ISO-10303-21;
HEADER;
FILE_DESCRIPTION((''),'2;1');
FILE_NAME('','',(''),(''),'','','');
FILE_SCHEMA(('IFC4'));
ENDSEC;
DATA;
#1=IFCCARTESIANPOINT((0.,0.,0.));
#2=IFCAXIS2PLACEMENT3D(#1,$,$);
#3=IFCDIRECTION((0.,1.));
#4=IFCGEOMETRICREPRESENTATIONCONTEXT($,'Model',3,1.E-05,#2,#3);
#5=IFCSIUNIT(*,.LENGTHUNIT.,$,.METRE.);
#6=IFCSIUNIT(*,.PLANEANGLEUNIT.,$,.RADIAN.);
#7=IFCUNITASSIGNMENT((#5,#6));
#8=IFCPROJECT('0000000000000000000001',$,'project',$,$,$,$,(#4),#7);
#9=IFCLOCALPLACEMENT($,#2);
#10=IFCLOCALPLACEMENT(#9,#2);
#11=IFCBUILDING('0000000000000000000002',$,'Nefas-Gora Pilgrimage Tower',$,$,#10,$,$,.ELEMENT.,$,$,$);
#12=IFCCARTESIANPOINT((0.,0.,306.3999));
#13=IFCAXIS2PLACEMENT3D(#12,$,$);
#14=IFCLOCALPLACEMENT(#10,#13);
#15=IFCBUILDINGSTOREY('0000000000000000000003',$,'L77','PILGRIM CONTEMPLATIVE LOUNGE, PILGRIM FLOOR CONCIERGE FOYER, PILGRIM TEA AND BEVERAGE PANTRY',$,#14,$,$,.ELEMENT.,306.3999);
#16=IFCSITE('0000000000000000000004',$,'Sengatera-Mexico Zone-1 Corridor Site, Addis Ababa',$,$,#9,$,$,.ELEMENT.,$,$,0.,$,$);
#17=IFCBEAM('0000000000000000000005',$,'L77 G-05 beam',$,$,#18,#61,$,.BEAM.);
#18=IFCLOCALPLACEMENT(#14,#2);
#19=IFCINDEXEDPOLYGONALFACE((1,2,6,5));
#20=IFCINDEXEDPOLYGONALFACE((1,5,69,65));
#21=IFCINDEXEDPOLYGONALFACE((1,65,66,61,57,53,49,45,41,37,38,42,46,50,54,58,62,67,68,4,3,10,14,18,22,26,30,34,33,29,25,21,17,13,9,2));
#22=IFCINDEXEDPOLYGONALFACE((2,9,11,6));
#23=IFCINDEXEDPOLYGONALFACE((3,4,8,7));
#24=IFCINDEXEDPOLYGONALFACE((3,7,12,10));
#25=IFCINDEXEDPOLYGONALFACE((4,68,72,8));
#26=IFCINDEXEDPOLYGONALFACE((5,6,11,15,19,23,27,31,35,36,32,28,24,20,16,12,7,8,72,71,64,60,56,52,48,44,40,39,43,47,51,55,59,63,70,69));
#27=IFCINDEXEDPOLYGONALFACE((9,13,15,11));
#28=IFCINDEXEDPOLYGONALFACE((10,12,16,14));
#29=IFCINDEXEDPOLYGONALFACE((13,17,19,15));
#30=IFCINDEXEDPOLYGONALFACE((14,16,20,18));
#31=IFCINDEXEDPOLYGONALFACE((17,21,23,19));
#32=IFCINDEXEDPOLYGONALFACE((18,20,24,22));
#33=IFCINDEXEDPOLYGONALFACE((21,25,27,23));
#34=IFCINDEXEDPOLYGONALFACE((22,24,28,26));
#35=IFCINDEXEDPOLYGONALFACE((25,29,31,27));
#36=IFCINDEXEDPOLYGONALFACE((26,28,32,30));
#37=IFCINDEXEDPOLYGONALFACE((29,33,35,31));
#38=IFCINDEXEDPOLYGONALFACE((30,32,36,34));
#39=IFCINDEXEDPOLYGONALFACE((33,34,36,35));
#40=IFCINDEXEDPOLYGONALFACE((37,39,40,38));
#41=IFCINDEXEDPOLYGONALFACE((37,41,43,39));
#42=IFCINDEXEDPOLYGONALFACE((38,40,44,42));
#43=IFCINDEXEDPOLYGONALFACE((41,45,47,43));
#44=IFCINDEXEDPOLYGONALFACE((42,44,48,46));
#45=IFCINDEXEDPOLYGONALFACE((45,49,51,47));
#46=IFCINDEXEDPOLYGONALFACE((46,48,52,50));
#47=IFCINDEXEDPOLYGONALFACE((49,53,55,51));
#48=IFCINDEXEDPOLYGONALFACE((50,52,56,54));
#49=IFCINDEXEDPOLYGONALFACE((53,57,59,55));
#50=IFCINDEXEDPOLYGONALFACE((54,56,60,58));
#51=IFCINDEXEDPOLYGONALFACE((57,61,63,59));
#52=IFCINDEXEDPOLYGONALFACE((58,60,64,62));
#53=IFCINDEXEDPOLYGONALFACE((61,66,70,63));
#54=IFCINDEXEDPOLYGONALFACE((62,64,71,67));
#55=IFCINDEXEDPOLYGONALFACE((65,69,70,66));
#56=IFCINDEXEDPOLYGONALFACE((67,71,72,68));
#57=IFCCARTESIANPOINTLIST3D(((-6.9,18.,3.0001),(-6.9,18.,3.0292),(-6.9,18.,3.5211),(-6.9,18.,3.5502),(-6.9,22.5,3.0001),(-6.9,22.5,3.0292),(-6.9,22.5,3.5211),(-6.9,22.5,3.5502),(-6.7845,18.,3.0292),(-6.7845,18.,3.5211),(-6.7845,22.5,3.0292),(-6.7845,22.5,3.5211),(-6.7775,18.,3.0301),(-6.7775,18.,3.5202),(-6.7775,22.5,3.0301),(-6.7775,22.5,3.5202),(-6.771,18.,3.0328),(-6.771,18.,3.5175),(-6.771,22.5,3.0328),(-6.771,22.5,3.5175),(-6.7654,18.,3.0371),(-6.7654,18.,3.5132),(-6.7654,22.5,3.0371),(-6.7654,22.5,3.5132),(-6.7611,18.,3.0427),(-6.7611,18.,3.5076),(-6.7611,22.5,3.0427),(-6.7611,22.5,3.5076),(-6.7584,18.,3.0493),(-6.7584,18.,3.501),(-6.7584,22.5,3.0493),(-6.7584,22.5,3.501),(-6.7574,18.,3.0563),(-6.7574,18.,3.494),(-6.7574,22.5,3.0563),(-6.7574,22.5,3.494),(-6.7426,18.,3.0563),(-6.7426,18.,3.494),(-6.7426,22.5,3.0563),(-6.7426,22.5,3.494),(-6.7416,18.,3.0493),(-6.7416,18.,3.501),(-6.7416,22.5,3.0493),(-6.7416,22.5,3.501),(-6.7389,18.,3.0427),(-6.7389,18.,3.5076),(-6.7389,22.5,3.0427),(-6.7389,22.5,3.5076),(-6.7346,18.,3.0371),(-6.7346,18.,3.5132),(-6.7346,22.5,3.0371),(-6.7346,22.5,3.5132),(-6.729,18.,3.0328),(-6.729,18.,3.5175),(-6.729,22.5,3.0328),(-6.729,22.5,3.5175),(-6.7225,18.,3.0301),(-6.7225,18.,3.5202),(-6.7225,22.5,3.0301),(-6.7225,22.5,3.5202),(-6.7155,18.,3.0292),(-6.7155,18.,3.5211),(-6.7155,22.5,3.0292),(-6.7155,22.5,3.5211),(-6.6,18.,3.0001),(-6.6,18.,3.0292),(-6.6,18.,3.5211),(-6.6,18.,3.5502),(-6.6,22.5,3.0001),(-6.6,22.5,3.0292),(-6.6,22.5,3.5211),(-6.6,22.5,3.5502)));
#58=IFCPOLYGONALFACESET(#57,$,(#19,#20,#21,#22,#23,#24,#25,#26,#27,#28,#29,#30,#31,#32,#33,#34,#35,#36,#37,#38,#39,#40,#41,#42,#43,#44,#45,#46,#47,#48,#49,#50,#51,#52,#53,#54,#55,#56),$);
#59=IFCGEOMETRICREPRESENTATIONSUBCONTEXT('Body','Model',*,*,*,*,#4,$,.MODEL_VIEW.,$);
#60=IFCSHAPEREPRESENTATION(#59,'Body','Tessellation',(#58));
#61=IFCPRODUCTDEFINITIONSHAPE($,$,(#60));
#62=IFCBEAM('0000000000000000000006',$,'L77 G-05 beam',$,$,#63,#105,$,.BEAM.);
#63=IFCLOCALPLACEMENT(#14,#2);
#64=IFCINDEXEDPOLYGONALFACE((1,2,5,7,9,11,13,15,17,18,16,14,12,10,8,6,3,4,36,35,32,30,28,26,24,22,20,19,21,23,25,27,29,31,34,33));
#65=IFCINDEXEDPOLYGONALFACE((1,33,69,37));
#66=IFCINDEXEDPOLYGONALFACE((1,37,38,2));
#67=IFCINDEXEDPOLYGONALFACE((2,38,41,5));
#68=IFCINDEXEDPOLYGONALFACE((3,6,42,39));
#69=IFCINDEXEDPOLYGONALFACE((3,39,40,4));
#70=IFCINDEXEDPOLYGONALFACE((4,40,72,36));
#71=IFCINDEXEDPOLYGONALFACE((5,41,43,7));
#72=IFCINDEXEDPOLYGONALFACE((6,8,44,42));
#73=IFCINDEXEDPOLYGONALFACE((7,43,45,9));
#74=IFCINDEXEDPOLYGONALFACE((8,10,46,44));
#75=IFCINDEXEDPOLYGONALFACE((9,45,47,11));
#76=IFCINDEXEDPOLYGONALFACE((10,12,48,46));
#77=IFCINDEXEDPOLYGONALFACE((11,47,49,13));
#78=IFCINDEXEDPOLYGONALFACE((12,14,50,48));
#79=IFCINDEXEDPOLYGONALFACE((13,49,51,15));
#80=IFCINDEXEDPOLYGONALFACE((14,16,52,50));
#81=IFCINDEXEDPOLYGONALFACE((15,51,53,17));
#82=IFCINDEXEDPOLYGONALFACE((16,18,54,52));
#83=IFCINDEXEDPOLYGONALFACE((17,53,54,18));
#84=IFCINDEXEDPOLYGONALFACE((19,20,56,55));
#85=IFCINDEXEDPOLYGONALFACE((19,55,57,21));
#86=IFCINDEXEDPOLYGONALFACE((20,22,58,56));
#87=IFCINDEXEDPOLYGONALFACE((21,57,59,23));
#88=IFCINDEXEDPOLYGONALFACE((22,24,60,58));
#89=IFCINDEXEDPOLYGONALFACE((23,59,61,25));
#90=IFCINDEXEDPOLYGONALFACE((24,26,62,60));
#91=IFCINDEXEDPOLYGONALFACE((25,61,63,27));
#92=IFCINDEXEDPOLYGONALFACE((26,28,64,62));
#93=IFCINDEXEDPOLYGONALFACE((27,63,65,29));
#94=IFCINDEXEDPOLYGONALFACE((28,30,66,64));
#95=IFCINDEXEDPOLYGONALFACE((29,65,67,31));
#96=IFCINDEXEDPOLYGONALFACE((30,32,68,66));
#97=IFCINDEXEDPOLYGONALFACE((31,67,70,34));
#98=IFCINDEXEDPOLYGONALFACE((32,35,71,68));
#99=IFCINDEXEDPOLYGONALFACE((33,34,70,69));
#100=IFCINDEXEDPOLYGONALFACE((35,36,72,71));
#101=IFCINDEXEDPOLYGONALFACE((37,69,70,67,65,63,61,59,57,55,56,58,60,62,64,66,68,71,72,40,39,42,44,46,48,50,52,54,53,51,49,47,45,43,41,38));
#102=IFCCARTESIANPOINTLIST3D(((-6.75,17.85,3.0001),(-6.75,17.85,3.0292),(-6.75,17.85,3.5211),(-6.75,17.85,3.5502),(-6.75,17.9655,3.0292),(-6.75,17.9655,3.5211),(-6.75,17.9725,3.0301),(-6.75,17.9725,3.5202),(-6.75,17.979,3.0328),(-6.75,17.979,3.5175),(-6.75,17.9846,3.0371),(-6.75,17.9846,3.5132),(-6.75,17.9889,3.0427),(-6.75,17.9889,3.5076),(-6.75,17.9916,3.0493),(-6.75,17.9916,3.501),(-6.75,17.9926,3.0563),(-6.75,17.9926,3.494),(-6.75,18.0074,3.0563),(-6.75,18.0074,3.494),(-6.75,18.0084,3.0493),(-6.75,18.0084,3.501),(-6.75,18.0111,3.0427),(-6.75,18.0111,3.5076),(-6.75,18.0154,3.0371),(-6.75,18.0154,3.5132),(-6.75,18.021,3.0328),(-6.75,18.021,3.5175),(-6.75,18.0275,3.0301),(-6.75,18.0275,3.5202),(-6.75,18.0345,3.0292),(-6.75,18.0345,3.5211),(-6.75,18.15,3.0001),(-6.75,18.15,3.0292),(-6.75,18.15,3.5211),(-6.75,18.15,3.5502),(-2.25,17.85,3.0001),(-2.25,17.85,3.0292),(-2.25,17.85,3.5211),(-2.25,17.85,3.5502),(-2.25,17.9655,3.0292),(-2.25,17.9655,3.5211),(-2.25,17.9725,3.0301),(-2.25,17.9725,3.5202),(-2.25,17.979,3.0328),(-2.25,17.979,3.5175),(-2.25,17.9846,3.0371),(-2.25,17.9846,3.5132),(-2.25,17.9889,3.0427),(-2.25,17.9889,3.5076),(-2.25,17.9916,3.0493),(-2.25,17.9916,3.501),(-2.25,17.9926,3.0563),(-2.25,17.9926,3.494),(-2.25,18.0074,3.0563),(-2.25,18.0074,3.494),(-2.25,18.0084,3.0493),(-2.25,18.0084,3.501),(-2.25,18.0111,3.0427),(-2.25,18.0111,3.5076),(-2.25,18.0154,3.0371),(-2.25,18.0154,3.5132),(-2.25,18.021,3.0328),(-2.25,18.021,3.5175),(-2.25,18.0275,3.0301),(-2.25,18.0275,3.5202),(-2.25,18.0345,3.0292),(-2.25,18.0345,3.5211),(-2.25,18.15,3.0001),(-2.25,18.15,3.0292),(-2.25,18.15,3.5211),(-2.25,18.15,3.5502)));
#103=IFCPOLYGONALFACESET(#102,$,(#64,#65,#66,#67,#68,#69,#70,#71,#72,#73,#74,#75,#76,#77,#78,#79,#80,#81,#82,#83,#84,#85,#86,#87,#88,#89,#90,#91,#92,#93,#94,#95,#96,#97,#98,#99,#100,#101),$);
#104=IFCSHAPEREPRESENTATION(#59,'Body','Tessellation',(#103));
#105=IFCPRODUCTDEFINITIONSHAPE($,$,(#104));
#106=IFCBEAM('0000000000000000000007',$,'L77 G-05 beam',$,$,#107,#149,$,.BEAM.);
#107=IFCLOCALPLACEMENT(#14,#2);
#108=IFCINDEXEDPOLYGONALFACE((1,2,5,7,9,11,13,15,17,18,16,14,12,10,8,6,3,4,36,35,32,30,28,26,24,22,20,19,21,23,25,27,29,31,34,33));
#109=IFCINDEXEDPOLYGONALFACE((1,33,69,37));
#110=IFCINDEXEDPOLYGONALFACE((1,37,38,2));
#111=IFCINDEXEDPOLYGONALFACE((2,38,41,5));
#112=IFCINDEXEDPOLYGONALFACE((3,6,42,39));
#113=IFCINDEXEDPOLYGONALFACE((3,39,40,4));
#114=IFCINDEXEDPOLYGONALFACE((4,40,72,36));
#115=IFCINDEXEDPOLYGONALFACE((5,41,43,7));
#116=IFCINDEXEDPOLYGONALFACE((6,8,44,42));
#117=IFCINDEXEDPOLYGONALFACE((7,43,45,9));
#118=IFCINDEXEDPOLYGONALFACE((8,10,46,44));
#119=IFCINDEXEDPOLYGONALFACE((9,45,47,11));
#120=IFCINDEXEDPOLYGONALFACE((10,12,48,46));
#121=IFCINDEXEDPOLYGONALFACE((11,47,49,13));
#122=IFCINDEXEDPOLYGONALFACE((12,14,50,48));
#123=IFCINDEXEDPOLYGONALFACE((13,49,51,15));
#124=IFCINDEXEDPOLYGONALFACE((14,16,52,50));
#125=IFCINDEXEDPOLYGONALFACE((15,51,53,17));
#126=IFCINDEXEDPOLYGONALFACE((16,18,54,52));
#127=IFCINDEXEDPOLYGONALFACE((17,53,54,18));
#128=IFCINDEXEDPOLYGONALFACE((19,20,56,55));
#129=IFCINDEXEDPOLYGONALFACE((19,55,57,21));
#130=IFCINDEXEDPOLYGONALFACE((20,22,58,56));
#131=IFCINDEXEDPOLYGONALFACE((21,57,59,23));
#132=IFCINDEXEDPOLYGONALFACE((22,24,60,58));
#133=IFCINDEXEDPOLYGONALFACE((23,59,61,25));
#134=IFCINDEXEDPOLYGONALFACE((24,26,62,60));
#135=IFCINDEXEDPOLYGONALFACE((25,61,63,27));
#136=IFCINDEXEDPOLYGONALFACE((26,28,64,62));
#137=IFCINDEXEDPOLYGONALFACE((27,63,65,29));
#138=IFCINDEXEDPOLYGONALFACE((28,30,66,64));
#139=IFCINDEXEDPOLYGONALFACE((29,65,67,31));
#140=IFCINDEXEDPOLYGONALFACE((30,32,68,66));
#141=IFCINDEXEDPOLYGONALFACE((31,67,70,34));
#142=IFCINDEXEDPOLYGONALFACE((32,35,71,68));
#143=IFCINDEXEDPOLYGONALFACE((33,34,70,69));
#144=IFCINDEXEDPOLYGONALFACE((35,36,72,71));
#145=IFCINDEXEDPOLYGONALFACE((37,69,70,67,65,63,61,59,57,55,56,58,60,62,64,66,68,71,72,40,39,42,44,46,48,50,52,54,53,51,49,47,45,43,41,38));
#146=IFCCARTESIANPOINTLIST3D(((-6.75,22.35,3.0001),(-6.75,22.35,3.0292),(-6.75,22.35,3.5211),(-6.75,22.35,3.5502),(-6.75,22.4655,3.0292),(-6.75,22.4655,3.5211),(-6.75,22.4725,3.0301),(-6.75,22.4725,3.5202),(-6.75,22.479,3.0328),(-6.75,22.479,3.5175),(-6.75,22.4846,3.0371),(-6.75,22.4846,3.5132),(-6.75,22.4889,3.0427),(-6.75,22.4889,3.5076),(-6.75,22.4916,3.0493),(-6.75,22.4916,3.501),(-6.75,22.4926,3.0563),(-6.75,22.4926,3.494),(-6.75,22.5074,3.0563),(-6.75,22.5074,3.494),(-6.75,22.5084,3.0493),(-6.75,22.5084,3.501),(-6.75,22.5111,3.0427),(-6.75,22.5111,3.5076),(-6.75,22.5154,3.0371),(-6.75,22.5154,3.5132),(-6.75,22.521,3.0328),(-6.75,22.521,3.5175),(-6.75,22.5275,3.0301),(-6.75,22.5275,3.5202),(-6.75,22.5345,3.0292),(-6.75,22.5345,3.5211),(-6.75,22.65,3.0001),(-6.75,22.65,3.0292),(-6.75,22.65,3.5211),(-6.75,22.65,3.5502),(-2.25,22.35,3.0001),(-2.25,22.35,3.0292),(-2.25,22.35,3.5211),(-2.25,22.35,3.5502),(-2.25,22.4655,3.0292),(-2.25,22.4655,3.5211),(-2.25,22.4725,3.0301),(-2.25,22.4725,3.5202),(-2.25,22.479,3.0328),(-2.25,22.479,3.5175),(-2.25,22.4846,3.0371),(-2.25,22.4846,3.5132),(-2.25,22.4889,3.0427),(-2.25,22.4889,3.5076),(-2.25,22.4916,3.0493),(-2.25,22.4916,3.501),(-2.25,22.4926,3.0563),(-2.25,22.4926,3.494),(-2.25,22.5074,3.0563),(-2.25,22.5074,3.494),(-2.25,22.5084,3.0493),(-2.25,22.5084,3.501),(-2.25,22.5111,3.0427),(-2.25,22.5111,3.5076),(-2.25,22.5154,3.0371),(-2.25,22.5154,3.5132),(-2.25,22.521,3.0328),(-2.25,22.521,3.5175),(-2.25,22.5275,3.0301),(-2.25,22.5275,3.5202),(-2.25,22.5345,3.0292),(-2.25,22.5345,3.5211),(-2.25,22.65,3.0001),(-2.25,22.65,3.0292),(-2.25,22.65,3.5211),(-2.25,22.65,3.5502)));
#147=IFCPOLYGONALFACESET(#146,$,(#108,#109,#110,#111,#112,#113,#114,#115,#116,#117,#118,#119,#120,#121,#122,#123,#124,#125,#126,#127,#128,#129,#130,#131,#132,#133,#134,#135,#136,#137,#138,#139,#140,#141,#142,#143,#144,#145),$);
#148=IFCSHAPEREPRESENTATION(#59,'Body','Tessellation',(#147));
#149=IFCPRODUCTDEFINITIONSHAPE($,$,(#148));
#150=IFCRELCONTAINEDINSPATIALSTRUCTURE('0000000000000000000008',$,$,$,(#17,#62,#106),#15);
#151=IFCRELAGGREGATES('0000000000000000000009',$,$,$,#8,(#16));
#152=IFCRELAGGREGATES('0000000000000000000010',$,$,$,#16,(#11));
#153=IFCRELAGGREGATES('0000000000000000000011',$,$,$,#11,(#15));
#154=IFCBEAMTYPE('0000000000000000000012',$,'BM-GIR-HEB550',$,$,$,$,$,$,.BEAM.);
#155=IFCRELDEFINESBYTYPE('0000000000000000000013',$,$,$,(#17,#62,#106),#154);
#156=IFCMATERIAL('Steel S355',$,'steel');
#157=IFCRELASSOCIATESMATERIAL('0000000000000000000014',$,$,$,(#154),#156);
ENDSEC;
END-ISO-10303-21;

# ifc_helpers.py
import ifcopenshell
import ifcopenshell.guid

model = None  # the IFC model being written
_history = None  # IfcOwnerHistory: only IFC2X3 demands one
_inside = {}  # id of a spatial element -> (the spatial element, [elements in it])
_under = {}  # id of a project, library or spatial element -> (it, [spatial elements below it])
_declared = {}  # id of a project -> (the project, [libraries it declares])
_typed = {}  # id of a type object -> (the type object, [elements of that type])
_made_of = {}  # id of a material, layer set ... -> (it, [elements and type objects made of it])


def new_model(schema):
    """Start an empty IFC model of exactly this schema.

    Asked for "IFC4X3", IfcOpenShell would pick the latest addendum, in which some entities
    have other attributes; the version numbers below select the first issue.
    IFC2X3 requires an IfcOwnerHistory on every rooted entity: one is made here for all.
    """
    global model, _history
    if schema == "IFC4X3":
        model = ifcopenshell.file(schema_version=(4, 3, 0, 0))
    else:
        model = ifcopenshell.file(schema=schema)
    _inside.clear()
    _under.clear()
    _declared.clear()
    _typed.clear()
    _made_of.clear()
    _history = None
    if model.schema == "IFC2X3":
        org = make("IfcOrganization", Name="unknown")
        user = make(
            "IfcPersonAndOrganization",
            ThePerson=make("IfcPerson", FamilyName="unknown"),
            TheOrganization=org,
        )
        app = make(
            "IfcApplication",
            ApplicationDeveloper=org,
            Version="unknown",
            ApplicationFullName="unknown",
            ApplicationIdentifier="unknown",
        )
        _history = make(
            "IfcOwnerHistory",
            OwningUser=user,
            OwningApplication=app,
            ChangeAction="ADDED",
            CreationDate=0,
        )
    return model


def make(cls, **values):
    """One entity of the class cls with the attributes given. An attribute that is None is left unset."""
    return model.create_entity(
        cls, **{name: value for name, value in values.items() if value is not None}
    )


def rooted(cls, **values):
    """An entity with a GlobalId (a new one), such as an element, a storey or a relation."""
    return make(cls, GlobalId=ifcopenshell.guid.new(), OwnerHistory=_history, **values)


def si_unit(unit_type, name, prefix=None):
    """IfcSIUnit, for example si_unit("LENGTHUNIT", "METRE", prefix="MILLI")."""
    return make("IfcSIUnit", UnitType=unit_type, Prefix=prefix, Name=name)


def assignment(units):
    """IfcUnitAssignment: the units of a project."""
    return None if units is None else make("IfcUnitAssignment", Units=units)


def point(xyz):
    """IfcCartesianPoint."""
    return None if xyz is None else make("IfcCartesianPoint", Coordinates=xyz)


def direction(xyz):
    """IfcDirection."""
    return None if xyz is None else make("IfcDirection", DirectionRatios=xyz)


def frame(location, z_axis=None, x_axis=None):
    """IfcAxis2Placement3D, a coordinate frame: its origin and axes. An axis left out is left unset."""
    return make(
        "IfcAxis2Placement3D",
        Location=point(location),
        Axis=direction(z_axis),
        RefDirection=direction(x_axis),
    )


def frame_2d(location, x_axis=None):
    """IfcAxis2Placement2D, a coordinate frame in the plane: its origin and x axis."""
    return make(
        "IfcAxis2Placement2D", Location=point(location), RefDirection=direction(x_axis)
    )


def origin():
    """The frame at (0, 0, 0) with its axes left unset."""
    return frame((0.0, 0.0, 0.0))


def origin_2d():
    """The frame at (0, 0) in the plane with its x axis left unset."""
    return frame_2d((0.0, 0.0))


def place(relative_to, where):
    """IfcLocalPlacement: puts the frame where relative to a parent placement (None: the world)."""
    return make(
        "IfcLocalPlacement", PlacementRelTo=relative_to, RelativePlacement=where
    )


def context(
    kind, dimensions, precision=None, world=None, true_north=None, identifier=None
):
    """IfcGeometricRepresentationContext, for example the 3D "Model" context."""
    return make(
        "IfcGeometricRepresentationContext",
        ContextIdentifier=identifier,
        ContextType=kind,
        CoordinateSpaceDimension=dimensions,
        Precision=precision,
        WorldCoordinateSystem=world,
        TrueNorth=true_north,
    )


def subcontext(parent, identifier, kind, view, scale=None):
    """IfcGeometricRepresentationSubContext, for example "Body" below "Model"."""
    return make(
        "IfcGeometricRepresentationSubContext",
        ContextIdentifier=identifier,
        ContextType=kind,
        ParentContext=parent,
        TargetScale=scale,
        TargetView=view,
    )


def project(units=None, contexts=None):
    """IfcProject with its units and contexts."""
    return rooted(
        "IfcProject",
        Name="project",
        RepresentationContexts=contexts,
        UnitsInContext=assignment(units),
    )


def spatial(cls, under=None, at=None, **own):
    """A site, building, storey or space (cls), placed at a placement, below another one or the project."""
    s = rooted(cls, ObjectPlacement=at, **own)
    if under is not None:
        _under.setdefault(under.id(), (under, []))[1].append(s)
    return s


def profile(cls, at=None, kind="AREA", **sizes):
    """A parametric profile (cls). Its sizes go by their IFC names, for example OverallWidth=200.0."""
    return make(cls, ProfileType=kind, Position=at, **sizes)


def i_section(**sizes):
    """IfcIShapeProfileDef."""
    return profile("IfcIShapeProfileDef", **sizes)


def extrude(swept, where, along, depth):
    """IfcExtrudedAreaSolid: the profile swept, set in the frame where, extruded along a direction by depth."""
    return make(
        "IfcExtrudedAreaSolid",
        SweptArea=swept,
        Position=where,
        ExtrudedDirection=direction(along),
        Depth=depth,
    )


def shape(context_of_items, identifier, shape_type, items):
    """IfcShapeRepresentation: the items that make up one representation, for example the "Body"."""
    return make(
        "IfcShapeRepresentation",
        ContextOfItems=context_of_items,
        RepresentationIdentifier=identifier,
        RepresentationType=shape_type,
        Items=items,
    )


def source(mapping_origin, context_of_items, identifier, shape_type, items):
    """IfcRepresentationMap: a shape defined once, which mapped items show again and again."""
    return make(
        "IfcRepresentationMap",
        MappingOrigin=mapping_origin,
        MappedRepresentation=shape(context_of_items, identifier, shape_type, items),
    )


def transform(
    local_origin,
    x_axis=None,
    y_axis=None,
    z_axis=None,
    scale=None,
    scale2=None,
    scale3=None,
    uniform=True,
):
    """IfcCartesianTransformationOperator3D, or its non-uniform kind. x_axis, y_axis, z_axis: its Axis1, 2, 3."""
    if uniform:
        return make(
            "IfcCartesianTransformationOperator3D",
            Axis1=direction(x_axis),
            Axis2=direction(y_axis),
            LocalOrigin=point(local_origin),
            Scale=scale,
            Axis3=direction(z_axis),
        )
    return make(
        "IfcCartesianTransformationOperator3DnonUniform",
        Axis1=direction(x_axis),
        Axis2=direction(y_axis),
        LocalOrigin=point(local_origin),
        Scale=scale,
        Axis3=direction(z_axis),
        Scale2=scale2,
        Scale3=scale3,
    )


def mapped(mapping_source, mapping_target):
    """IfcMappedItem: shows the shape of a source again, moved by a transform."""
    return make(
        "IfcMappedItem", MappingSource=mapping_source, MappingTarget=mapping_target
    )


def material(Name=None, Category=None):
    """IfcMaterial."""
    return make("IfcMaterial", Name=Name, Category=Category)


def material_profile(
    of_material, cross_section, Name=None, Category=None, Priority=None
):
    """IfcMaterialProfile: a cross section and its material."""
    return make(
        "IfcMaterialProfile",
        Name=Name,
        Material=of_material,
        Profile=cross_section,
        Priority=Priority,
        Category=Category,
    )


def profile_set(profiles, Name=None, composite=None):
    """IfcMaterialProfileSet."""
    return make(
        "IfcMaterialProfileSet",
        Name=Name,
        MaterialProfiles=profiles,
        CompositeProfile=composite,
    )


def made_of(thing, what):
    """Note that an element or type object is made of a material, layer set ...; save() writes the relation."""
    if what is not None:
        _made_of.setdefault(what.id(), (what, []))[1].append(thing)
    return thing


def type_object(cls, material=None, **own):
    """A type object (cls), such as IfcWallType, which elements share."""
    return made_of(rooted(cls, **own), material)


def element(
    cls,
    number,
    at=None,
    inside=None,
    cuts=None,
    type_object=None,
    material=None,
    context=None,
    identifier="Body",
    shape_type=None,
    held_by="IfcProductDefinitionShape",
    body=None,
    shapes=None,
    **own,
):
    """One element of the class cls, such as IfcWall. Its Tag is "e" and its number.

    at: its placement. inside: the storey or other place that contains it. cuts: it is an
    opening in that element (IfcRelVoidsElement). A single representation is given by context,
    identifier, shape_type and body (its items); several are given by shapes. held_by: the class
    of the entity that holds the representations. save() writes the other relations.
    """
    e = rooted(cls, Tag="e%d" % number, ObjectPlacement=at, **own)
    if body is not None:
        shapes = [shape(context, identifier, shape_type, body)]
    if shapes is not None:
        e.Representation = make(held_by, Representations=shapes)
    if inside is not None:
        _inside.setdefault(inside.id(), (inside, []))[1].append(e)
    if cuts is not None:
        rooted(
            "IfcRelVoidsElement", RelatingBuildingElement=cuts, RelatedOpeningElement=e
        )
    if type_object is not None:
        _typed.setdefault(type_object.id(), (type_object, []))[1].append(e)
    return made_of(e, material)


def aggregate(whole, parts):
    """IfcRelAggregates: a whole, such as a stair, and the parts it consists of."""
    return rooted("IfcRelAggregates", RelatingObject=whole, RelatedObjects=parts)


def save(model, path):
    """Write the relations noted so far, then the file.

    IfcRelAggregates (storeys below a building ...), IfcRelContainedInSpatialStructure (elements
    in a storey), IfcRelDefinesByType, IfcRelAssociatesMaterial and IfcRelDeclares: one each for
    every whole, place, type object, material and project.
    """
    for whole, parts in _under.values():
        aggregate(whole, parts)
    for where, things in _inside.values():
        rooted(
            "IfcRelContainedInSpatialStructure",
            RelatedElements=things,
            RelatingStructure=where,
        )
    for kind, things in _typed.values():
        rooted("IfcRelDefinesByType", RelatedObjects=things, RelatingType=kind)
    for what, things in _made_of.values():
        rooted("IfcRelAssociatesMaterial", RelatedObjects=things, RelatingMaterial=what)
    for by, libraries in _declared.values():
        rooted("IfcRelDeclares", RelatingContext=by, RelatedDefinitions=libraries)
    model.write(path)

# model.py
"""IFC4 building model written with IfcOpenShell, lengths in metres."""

from ifc_helpers import new_model, si_unit, direction, frame, origin, origin_2d, place, context, subcontext, project, spatial, i_section, extrude, source, transform, mapped, material, material_profile, profile_set, type_object, element, save


model = new_model("IFC4")

# Units and contexts
model_context = context("Model", 3, precision=1e-05, world=origin(), true_north=direction((0.0, 1.0)))
body_context = subcontext(model_context, "Body", "Model", "MODEL_VIEW")
ifc_project = project(units=[si_unit("LENGTHUNIT", "METRE"), si_unit("PLANEANGLEUNIT", "RADIAN")], contexts=[model_context])

# Site, building, storey
site_placement = place(None, origin())
site = spatial("IfcSite", under=ifc_project, at=site_placement, Name="Sengatera-Mexico Zone-1 Corridor Site, Addis Ababa", CompositionType="ELEMENT", RefElevation=0.0)
building_placement = place(site_placement, origin())
building = spatial("IfcBuilding", under=site, at=building_placement, Name="Nefas-Gora Pilgrimage Tower", CompositionType="ELEMENT")
storey_placement = place(building_placement, frame((0.0, 0.0, 306.3999)))
storey = spatial("IfcBuildingStorey", under=building, at=storey_placement, Name="L77", Description="PILGRIM CONTEMPLATIVE LOUNGE, PILGRIM FLOOR CONCIERGE FOYER, PILGRIM TEA AND BEVERAGE PANTRY", CompositionType="ELEMENT", Elevation=306.3999)

# Shared definitions
ifc_material_1 = material(Name="Steel S355", Category="steel")

# Beams
ifc_material_profile_1 = material_profile(ifc_material_1, i_section(OverallWidth=0.3, OverallDepth=0.55, WebThickness=0.0149, FlangeThickness=0.0291, FilletRadius=0.0271, at=origin_2d()), Name="HEB 550")
ifc_profile_set_1 = profile_set([ifc_material_profile_1], Name="Steel S355")
beam_type = type_object("IfcBeamType", Name="BM-GIR-HEB550", PredefinedType="BEAM", material=ifc_profile_set_1)
shared_shape_1 = source(origin(), body_context, "Body", "SweptSolid", [
    extrude(i_section(OverallWidth=0.3, OverallDepth=0.55, WebThickness=0.0149, FlangeThickness=0.0291, FilletRadius=0.0271, at=origin_2d()), origin(), (0.0, 0.0, 1.0), 4.5),
])
for number, where, z_axis, x_axis, name in (
    (1, (-6.75, 18.0, 3.2751), (0.0, 1.0, 0.0), (-1.0, 0.0, 0.0), "L77 G-05 beam"),
    (2, (-6.75, 18.0, 3.2751), (1.0, 0.0, 0.0), (0.0, 1.0, 0.0), "L77 G-05 beam"),
    (3, (-6.75, 22.5, 3.2751), (1.0, 0.0, 0.0), (0.0, 1.0, 0.0), "L77 G-05 beam"),
):
    element("IfcBeam", number, at=place(storey_placement, frame(where, z_axis=z_axis, x_axis=x_axis)), inside=storey, type_object=beam_type, Name=name, PredefinedType="BEAM", context=body_context, shape_type="MappedRepresentation", body=[
        mapped(shared_shape_1, transform((0.0, 0.0, 0.0), x_axis=(1.0, 0.0, 0.0), y_axis=(0.0, 1.0, 0.0), z_axis=(0.0, 0.0, 1.0), scale=1.0)),
    ])

save(model, "model.ifc")
